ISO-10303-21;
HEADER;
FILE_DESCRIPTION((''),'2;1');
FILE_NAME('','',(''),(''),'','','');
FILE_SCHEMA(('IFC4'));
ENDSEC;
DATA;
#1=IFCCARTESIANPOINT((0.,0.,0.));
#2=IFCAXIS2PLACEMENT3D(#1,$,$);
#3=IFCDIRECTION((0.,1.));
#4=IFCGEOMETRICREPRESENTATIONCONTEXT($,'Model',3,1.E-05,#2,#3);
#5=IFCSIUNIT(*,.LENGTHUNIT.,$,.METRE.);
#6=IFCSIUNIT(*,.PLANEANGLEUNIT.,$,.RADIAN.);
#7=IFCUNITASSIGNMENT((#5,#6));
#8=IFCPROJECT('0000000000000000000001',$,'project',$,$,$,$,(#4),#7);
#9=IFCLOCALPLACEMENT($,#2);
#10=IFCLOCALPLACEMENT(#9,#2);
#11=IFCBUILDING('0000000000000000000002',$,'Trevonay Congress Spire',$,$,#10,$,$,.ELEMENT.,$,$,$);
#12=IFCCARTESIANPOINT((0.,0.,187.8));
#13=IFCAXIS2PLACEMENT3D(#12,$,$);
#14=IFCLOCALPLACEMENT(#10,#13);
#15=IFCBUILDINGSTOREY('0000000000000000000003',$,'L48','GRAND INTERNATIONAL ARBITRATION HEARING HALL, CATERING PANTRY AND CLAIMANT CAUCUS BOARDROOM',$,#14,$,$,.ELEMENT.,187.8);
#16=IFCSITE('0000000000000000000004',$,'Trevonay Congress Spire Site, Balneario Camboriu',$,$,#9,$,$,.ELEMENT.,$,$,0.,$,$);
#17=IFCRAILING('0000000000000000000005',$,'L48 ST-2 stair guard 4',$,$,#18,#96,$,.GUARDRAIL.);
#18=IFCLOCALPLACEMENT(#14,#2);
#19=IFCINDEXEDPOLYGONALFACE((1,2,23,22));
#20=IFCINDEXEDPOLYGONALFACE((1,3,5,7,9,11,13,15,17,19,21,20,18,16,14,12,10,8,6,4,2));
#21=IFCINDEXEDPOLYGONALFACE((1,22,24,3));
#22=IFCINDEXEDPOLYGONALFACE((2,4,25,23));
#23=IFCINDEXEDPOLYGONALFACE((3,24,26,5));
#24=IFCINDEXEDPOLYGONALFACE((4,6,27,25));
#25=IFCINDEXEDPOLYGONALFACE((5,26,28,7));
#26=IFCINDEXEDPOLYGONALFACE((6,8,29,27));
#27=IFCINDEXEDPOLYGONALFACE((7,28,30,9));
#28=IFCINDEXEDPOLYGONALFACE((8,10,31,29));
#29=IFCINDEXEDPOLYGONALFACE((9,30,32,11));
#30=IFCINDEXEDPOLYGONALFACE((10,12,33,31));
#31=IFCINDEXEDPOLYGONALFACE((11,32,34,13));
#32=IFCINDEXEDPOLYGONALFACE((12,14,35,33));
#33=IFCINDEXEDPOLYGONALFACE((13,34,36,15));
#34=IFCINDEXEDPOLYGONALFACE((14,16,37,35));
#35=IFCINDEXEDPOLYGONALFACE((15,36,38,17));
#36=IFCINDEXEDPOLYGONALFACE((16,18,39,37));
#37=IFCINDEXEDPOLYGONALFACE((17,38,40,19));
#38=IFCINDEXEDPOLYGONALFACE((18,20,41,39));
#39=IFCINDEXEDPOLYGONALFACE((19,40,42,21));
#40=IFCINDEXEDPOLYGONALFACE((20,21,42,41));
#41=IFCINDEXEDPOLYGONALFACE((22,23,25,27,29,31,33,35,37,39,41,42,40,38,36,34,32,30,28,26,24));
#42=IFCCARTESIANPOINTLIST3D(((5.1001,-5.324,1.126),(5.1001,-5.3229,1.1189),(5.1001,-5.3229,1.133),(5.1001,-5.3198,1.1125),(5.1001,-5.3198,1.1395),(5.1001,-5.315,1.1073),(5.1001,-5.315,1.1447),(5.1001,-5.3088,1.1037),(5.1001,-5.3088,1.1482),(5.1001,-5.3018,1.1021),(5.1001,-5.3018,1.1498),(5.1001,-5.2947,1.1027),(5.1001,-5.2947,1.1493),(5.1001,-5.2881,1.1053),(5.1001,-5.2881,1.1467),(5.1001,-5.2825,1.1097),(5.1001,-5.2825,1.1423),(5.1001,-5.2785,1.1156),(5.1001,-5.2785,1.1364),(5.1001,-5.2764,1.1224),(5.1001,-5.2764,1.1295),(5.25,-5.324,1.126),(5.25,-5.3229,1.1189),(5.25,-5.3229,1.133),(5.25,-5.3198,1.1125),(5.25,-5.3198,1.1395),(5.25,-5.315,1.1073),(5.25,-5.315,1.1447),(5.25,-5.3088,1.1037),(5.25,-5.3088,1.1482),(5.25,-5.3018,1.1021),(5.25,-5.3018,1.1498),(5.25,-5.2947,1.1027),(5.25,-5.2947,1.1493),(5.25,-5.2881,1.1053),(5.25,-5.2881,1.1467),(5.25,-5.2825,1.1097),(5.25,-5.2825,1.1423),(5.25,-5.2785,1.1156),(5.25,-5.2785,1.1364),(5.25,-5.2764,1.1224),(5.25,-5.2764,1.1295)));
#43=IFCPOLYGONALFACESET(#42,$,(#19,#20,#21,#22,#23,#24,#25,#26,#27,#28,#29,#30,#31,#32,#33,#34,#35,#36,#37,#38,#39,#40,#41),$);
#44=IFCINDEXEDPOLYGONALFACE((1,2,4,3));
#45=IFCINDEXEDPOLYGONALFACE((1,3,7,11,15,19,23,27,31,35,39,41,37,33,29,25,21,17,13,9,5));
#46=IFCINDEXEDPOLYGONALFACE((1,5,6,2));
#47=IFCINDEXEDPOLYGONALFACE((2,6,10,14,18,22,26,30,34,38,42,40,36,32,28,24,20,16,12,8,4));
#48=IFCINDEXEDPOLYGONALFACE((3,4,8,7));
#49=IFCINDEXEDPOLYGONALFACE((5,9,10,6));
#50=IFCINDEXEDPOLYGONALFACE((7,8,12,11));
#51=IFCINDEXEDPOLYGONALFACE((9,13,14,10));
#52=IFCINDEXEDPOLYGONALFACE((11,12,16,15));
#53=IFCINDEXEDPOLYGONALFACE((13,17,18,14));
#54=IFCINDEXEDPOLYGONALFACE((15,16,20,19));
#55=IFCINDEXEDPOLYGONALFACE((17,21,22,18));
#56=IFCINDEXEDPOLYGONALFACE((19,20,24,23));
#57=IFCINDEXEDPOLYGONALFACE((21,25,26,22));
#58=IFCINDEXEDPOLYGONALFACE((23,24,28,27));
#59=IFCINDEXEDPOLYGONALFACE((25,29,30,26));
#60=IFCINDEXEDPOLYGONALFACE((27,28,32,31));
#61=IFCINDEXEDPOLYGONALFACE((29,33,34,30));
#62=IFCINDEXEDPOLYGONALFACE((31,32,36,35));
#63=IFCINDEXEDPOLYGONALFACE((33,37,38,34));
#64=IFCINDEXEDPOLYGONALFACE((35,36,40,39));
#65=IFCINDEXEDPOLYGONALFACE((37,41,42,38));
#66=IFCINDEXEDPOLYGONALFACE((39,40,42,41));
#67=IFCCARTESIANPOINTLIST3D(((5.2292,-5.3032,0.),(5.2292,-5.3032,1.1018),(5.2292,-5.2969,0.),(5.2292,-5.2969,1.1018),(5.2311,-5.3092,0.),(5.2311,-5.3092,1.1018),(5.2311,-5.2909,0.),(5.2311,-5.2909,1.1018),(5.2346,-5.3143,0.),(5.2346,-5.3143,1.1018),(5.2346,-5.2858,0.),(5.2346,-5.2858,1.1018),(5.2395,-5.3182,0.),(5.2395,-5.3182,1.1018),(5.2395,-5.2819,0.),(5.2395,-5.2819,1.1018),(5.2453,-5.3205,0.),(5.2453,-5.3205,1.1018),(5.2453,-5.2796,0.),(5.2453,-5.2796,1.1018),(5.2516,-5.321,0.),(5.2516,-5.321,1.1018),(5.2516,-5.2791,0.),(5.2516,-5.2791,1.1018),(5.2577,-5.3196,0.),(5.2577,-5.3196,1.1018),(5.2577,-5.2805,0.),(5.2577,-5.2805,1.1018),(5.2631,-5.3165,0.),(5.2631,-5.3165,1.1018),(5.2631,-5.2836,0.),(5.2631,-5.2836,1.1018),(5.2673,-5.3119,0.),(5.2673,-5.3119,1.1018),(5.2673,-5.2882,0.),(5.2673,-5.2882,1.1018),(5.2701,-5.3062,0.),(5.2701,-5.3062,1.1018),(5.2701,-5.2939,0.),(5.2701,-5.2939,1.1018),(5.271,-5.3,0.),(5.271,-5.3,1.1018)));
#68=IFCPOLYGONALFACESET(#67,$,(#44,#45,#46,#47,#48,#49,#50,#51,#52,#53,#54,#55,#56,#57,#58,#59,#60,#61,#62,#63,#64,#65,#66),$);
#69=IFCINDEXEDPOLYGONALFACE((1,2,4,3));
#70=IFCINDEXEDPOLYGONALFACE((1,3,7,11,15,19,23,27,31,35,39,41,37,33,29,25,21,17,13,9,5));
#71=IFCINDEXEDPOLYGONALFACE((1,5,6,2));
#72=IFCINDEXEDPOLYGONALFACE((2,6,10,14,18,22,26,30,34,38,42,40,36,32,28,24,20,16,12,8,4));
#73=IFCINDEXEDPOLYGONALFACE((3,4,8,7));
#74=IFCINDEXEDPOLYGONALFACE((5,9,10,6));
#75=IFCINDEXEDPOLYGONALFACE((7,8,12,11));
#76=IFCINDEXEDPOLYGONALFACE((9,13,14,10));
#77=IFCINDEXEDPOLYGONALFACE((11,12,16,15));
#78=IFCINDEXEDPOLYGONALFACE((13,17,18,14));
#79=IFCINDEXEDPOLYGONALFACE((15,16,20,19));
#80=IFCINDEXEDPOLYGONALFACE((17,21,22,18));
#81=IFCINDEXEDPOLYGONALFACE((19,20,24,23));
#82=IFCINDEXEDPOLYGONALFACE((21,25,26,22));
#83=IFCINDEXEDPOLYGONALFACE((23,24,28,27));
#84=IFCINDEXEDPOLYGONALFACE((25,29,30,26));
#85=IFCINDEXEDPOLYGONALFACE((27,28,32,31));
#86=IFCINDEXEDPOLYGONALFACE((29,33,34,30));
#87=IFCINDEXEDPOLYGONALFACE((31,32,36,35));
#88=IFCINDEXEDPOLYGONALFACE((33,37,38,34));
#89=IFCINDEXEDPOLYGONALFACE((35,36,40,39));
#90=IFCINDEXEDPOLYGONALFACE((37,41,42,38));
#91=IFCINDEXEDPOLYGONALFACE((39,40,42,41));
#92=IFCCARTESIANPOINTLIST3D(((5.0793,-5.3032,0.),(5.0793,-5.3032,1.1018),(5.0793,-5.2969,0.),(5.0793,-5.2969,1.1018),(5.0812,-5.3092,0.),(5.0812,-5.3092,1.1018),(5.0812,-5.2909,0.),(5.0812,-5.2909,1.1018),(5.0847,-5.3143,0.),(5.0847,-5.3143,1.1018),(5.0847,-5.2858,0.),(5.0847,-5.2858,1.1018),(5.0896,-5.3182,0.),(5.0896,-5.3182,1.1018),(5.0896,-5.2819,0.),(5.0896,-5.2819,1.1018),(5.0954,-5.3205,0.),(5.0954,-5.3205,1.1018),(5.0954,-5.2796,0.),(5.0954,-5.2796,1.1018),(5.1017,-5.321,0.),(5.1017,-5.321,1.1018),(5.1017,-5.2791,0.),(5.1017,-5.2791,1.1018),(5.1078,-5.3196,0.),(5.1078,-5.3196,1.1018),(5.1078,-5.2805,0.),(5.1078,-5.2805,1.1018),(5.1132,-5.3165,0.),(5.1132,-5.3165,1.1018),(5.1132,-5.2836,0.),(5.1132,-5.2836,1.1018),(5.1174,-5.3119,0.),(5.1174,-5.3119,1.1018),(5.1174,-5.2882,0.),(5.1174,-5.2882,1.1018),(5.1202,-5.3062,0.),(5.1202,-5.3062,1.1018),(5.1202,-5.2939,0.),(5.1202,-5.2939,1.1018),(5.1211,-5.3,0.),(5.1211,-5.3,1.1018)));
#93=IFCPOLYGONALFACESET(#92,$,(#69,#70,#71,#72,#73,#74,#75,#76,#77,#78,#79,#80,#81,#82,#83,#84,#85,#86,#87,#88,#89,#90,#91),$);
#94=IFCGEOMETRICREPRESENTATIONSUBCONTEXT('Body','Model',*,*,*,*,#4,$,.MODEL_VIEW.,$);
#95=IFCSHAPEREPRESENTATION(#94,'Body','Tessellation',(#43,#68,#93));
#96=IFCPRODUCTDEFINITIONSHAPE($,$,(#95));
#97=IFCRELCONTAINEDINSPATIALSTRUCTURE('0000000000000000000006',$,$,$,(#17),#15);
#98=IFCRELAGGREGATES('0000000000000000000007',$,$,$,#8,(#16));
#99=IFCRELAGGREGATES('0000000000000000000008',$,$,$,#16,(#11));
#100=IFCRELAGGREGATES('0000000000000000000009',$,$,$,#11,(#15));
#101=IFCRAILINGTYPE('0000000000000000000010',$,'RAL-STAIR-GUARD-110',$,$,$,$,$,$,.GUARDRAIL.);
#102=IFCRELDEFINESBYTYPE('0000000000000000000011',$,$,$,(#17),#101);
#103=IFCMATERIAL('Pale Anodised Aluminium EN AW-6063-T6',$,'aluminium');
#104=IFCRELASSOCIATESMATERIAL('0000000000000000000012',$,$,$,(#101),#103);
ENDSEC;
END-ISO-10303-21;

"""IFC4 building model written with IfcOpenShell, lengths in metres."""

from ifc_helpers import new_model, si_unit, direction, frame, origin, origin_2d, place, context, subcontext, project, spatial, circle, extrude, material, type_object, element, save


model = new_model("IFC4")

# Units and contexts
model_context = context("Model", 3, precision=1e-05, world=origin(), true_north=direction((0.0, 1.0)))
body_context = subcontext(model_context, "Body", "Model", "MODEL_VIEW")
ifc_project = project(units=[si_unit("LENGTHUNIT", "METRE"), si_unit("PLANEANGLEUNIT", "RADIAN")], contexts=[model_context])

# Site, building, storey
site_placement = place(None, origin())
site = spatial("IfcSite", under=ifc_project, at=site_placement, Name="Trevonay Congress Spire Site, Balneario Camboriu", CompositionType="ELEMENT", RefElevation=0.0)
building_placement = place(site_placement, origin())
building = spatial("IfcBuilding", under=site, at=building_placement, Name="Trevonay Congress Spire", CompositionType="ELEMENT")
storey_placement = place(building_placement, frame((0.0, 0.0, 187.8)))
storey = spatial("IfcBuildingStorey", under=building, at=storey_placement, Name="L48", Description="GRAND INTERNATIONAL ARBITRATION HEARING HALL, CATERING PANTRY AND CLAIMANT CAUCUS BOARDROOM", CompositionType="ELEMENT", Elevation=187.8)

# Shared definitions
ifc_material_1 = material(Name="Pale Anodised Aluminium EN AW-6063-T6", Category="aluminium")

# Railing
railing_type_1 = type_object("IfcRailingType", Name="RAL-STAIR-GUARD-110", PredefinedType="GUARDRAIL", material=ifc_material_1)
railing_1_placement = place(storey_placement, frame((5.25, -5.3, 0.0)))
element("IfcRailing", 1, at=railing_1_placement, inside=storey, type_object=railing_type_1, Name="L48 ST-2 stair guard 4", PredefinedType="GUARDRAIL", context=body_context, shape_type="SweptSolid", body=[
    extrude(circle(Radius=0.0239, at=origin_2d()), frame((0.0, 0.0, 1.126), z_axis=(-1.0, 0.0, 0.0), x_axis=(0.0, -1.0, 0.0)), (0.0, 0.0, 1.0), 0.1499),
    extrude(circle(Radius=0.021, at=origin_2d()), origin(), (0.0, 0.0, 1.0), 1.1018),
    extrude(circle(Radius=0.021, at=origin_2d()), frame((-0.1499, 0.0, 0.0)), (0.0, 0.0, 1.0), 1.1018),
])

save(model, "model.ifc")
